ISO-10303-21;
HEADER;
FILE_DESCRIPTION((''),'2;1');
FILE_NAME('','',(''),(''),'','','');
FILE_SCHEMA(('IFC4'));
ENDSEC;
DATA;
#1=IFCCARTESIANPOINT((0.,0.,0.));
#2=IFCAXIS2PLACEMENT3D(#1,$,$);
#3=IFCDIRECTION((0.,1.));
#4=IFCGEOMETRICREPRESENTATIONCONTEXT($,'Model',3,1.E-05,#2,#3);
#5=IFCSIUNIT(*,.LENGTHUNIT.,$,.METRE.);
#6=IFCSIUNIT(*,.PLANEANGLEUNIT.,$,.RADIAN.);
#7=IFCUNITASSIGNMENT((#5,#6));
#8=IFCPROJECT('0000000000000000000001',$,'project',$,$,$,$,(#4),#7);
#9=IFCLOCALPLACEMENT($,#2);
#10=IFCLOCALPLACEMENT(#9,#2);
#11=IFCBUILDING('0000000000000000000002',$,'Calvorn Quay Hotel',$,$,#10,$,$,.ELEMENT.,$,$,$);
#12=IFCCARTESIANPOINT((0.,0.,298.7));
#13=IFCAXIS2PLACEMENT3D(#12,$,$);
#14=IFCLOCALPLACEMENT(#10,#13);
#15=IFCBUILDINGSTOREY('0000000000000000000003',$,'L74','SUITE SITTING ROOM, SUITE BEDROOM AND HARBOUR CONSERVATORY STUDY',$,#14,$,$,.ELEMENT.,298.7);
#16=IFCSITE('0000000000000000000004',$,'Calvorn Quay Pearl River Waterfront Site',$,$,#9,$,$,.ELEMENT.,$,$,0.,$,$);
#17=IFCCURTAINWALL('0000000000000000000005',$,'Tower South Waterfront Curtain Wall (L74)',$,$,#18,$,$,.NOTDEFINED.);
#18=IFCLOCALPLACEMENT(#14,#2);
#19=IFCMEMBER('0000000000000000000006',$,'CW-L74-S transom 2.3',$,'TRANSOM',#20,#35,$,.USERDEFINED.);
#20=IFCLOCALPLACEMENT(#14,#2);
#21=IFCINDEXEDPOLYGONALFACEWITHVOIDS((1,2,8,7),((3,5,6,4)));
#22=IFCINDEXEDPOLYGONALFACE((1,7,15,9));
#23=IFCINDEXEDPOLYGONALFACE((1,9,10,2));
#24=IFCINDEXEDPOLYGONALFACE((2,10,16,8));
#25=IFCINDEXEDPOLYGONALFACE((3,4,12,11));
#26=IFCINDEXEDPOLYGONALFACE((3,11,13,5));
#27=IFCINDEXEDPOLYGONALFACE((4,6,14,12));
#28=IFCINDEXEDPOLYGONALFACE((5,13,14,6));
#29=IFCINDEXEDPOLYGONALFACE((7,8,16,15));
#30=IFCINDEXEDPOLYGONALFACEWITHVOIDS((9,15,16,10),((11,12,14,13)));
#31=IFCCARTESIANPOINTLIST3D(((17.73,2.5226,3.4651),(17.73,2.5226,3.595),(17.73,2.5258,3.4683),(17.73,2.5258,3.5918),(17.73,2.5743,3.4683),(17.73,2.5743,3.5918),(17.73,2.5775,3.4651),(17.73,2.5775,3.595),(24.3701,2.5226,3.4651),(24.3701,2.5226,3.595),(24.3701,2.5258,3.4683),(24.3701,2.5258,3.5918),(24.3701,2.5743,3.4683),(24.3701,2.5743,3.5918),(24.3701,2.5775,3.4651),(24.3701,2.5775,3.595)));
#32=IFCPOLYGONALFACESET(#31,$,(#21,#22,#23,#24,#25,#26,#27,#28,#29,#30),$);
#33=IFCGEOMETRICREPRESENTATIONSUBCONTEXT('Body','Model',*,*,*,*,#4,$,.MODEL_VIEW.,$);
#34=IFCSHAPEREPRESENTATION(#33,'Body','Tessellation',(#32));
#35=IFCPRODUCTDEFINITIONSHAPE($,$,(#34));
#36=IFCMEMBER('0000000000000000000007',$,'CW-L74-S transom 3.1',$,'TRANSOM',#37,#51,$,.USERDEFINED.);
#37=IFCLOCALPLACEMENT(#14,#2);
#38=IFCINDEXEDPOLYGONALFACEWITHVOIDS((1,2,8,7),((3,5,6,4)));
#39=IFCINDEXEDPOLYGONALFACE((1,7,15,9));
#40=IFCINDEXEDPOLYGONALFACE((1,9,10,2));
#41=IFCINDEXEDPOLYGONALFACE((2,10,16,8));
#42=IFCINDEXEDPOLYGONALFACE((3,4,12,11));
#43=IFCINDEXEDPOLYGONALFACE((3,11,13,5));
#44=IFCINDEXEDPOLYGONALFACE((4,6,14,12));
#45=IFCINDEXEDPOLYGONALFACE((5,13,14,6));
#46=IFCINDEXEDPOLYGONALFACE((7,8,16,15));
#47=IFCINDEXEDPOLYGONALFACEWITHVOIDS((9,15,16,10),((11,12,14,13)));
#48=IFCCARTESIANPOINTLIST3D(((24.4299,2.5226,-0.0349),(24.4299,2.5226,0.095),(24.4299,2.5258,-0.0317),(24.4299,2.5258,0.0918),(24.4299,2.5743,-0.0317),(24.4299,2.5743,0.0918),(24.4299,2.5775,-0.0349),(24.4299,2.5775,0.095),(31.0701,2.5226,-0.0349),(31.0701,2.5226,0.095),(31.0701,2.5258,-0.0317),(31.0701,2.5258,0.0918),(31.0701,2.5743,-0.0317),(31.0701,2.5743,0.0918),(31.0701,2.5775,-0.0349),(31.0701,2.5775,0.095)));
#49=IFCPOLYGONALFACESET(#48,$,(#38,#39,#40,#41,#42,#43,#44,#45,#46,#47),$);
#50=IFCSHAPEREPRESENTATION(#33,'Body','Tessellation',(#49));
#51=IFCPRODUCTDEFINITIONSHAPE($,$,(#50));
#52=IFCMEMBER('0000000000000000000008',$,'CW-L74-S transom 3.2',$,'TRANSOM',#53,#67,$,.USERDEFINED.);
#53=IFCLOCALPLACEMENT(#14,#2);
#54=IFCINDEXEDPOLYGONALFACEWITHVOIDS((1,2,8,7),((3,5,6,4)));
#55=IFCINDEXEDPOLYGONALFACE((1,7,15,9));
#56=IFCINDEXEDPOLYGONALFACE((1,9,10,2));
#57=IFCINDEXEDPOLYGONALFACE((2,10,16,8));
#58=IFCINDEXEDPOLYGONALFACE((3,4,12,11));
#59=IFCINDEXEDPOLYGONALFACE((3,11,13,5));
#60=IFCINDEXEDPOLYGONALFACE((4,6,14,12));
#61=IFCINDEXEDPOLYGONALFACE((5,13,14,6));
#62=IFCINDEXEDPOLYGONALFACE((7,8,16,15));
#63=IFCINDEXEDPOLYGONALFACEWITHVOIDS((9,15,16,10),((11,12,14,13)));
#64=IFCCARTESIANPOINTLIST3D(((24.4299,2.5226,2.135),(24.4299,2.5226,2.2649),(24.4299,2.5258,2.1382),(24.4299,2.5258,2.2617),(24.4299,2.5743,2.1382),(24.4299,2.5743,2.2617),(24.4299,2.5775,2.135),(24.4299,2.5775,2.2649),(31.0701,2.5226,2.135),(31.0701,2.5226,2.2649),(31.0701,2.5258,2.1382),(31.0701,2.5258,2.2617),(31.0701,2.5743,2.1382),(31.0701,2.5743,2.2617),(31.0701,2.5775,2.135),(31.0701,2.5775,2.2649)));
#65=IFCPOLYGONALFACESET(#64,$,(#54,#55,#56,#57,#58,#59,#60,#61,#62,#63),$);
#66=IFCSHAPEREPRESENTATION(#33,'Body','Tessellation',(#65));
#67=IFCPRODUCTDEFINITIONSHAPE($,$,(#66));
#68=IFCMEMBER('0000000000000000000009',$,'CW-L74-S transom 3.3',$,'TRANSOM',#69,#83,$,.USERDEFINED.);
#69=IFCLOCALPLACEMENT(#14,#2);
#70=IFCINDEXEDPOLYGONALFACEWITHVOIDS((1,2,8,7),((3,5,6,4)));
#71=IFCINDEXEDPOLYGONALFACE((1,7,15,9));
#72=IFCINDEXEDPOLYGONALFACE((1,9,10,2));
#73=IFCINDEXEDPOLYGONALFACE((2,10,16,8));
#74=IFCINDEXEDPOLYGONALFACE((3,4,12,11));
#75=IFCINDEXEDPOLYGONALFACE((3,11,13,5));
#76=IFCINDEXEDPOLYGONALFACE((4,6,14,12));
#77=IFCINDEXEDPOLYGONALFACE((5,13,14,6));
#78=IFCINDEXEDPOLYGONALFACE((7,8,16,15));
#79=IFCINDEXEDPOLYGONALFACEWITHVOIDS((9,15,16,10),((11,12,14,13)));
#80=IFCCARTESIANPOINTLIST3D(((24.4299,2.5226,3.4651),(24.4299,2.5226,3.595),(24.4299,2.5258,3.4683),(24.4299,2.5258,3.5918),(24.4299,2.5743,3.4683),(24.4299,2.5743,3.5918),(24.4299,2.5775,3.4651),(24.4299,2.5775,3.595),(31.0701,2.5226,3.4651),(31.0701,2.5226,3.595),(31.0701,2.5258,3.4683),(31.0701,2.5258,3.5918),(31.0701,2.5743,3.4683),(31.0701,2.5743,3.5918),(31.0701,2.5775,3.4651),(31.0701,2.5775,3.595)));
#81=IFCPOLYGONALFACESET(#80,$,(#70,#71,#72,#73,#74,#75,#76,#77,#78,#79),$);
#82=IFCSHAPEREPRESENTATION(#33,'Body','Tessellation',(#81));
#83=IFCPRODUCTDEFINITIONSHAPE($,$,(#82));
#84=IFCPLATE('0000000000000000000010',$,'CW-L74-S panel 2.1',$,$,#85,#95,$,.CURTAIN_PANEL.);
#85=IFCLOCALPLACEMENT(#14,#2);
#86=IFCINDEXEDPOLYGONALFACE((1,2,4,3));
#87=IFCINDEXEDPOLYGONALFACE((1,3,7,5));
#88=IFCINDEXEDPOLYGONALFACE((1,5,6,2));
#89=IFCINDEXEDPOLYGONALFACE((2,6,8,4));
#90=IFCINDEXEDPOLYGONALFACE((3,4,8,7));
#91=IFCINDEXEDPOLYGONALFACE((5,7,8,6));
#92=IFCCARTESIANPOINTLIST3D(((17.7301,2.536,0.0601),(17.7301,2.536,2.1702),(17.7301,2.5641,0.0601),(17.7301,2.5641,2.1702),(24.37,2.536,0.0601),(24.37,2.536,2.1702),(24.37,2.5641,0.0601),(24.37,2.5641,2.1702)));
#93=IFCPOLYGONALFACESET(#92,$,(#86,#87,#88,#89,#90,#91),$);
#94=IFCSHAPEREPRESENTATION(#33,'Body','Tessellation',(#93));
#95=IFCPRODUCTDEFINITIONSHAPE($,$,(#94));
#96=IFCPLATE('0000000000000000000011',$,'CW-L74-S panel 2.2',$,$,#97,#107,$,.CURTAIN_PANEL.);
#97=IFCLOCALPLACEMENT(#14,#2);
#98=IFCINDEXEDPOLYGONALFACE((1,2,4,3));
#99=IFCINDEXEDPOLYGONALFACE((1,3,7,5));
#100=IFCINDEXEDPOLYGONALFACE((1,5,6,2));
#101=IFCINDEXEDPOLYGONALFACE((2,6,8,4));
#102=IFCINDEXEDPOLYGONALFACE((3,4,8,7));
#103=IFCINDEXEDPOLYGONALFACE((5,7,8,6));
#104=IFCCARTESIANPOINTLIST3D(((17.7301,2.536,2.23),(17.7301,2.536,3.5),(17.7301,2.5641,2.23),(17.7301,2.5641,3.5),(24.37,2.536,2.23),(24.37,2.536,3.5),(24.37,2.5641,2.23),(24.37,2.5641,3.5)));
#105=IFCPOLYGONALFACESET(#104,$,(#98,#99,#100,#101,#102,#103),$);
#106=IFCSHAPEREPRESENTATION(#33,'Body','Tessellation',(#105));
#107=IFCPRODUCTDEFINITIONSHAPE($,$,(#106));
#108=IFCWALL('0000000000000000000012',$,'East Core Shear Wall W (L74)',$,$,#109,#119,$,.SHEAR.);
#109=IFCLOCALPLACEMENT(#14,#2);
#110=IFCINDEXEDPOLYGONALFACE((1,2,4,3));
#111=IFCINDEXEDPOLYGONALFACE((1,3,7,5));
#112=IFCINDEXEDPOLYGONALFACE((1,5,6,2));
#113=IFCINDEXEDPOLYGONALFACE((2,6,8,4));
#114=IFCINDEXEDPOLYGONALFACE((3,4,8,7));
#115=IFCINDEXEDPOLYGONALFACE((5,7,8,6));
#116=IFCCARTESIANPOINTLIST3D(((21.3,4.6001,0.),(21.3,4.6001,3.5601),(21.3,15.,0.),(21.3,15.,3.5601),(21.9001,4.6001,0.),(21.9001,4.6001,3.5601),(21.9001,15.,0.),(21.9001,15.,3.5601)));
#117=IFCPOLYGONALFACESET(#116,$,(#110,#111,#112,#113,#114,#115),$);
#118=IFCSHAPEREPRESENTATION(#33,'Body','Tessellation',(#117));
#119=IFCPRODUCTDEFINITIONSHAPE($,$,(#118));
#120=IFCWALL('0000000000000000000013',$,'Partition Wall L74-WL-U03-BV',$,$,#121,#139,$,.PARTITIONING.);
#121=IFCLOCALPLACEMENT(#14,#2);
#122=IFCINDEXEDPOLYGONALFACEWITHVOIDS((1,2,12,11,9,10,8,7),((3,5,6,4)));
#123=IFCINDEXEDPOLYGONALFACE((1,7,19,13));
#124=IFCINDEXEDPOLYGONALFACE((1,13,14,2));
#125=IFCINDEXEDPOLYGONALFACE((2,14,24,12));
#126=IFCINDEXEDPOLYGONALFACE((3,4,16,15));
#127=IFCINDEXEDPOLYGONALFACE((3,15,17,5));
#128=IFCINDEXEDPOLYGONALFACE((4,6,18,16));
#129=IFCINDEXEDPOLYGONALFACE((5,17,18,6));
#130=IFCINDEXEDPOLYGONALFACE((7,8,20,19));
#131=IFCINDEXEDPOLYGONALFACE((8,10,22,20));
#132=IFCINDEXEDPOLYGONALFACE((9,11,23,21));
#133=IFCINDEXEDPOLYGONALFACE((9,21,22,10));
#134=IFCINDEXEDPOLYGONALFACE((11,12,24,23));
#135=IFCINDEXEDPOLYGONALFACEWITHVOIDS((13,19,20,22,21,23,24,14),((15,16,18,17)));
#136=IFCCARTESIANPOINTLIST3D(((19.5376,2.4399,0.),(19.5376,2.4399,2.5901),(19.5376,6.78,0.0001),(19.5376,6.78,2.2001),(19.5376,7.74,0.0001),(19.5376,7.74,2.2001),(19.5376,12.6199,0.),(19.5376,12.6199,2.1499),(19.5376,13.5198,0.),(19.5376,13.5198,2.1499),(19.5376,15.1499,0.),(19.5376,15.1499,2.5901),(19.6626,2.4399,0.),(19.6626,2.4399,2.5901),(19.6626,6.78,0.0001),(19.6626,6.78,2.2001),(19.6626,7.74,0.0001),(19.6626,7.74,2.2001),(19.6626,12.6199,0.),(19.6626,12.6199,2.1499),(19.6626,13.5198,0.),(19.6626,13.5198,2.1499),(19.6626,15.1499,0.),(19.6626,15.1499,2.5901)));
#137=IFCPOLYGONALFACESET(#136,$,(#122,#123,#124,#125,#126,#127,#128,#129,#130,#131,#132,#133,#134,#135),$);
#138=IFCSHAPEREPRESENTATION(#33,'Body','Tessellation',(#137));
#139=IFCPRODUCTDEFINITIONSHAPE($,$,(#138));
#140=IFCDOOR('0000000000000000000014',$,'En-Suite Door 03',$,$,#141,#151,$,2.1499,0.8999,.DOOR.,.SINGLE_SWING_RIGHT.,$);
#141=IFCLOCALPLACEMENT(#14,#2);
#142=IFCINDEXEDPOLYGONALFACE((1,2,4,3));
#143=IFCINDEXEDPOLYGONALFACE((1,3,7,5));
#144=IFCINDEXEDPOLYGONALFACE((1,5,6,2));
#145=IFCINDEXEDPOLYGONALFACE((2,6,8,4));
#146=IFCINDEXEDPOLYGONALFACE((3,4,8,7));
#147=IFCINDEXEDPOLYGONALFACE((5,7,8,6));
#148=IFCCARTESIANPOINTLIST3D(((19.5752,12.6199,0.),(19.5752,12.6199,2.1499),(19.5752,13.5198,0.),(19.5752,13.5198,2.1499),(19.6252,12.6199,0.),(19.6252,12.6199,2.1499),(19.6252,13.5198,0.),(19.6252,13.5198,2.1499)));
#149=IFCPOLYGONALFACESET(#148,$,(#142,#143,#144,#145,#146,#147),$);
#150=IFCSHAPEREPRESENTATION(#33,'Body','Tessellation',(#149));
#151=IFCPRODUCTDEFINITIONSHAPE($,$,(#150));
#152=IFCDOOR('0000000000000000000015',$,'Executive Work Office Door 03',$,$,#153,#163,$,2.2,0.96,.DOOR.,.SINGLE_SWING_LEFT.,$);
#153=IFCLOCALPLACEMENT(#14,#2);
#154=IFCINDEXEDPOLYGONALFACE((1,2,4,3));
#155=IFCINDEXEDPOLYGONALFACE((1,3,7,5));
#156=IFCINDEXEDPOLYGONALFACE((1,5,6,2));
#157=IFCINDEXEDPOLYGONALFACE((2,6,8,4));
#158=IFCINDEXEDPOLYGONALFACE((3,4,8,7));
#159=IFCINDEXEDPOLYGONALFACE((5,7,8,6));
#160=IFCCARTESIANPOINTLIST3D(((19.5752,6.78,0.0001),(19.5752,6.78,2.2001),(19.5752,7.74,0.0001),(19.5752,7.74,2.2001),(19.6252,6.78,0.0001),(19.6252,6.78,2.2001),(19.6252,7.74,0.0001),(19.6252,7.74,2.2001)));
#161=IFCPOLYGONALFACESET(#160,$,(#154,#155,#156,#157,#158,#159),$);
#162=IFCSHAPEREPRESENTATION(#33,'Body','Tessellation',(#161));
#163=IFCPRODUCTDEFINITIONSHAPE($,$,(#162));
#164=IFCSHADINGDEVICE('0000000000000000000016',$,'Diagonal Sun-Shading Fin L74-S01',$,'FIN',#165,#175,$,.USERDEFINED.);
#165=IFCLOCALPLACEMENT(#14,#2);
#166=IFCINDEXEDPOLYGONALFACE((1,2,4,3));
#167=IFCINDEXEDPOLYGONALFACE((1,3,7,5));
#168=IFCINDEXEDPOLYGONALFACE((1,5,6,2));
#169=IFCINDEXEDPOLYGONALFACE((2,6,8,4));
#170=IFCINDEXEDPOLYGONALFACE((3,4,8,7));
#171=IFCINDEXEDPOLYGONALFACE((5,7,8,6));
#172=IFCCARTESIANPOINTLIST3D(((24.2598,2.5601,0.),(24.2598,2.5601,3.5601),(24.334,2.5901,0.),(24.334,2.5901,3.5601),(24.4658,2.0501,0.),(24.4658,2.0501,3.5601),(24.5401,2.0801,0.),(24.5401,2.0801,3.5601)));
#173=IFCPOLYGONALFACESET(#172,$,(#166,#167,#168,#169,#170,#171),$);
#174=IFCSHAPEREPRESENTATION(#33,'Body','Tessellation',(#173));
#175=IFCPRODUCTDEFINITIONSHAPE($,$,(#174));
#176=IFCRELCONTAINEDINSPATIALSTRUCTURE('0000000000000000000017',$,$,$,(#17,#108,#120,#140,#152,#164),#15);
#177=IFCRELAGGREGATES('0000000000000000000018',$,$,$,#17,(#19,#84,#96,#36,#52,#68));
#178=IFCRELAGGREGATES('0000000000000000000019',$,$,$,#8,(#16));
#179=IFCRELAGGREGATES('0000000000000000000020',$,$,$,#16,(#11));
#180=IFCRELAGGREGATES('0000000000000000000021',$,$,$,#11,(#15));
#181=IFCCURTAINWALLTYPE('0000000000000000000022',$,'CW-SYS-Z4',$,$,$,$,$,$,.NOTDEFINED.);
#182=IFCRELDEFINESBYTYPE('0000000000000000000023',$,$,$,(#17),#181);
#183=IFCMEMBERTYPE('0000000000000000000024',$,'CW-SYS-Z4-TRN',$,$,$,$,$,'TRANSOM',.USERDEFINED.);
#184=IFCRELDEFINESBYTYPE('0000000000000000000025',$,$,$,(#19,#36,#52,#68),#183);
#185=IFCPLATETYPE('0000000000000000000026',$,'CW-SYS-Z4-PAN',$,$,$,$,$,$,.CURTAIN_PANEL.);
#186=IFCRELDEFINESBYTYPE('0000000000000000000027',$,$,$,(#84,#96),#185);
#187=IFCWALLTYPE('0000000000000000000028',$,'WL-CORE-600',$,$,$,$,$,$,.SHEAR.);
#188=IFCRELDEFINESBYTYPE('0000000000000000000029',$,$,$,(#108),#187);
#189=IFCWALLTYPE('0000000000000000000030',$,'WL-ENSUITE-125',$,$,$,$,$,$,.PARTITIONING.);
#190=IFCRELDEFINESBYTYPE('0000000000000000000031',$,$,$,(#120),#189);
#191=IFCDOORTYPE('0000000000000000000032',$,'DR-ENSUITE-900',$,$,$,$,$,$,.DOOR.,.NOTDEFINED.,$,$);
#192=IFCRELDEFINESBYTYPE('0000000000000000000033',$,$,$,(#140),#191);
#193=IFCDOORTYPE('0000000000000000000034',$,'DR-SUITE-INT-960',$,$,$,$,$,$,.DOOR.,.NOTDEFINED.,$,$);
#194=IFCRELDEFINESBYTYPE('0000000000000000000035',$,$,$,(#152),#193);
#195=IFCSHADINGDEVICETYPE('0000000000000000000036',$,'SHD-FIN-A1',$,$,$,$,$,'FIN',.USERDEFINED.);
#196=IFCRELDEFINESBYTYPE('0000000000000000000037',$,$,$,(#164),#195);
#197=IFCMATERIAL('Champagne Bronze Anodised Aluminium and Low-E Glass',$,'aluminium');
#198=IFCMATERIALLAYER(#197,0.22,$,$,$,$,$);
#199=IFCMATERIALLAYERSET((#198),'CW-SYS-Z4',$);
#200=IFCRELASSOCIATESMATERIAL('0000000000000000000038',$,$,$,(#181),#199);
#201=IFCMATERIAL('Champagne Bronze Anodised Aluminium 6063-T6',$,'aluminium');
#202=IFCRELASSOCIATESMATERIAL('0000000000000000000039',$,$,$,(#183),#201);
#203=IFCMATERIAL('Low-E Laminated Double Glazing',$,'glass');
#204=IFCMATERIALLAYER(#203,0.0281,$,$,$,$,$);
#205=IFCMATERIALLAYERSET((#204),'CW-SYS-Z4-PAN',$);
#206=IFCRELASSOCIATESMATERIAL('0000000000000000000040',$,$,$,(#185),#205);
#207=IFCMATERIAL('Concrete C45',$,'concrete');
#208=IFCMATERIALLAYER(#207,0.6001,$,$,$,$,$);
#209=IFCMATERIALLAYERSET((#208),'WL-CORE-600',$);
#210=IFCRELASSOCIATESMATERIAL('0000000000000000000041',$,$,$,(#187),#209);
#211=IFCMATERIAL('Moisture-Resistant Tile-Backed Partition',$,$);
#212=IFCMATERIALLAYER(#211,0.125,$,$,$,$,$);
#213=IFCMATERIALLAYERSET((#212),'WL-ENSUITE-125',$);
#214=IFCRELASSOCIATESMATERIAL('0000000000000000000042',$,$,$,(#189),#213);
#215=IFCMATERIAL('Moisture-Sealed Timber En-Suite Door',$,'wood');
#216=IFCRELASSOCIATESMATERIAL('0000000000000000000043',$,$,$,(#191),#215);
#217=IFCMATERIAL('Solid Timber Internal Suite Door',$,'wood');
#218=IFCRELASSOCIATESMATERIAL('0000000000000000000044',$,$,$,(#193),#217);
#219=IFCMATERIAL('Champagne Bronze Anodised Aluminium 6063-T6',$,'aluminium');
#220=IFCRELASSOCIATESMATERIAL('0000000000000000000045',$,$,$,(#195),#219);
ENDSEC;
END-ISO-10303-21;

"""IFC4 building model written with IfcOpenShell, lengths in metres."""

from ifc_helpers import new_model, si_unit, direction, frame, frame_2d, origin, origin_2d, place, context, subcontext, project, spatial, rectangle, hollow_rectangle, extrude, material, layer, layer_set, material_profile, profile_set, type_object, element, fill, aggregate, save


model = new_model("IFC4")

# Units and contexts
model_context = context("Model", 3, precision=1e-05, world=origin(), true_north=direction((0.0, 1.0)))
body_context = subcontext(model_context, "Body", "Model", "MODEL_VIEW")
ifc_project = project(units=[si_unit("LENGTHUNIT", "METRE"), si_unit("PLANEANGLEUNIT", "RADIAN")], contexts=[model_context])

# Site, building, storey
site_placement = place(None, origin())
site = spatial("IfcSite", under=ifc_project, at=site_placement, Name="Calvorn Quay Pearl River Waterfront Site", CompositionType="ELEMENT", RefElevation=0.0)
building_placement = place(site_placement, origin())
building = spatial("IfcBuilding", under=site, at=building_placement, Name="Calvorn Quay Hotel", CompositionType="ELEMENT")
storey_placement = place(building_placement, frame((0.0, 0.0, 298.7)))
storey = spatial("IfcBuildingStorey", under=building, at=storey_placement, Name="L74", Description="SUITE SITTING ROOM, SUITE BEDROOM AND HARBOUR CONSERVATORY STUDY", CompositionType="ELEMENT", Elevation=298.7)

# Curtain wall, members, plates
ifc_material_1 = material(Name="Champagne Bronze Anodised Aluminium and Low-E Glass", Category="aluminium")
ifc_layer_1 = layer(ifc_material_1, 0.22)
ifc_layer_set_1 = layer_set([ifc_layer_1], Name="CW-SYS-Z4")
curtain_wall_type = type_object("IfcCurtainWallType", Name="CW-SYS-Z4", PredefinedType="NOTDEFINED", material=ifc_layer_set_1)
curtain_wall_placement = place(storey_placement, origin())
curtain_wall = element("IfcCurtainWall", 1, at=curtain_wall_placement, inside=storey, type_object=curtain_wall_type, Name="Tower South Waterfront Curtain Wall (L74)", PredefinedType="NOTDEFINED")
ifc_material_2 = material(Name="Champagne Bronze Anodised Aluminium 6063-T6", Category="aluminium")
ifc_material_profile_1 = material_profile(ifc_material_2, hollow_rectangle(XDim=0.0549, YDim=0.1299, WallThickness=0.0032, at=origin_2d()), Name="ALU-T130x55x3.2")
ifc_profile_set_1 = profile_set([ifc_material_profile_1], Name="Champagne Bronze Anodised Aluminium 6063-T6")
member_type_1 = type_object("IfcMemberType", Name="CW-SYS-Z4-TRN", ElementType="TRANSOM", PredefinedType="USERDEFINED", material=ifc_profile_set_1)
member_1_placement = place(storey_placement, frame((17.73, 2.55, 3.53), z_axis=(1.0, 0.0, 0.0), x_axis=(0.0, 1.0, 0.0)))
member_1 = element("IfcMember", 2, at=member_1_placement, type_object=member_type_1, Name="CW-L74-S transom 2.3", ObjectType="TRANSOM", PredefinedType="USERDEFINED", context=body_context, shape_type="SweptSolid", body=[
    extrude(hollow_rectangle(XDim=0.0549, YDim=0.1299, WallThickness=0.0032, at=origin_2d()), origin(), (0.0, 0.0, 1.0), 6.6401),
])
member_2_placement = place(storey_placement, frame((24.4299, 2.55, 0.03), z_axis=(1.0, 0.0, 0.0), x_axis=(0.0, 1.0, 0.0)))
member_2 = element("IfcMember", 3, at=member_2_placement, type_object=member_type_1, Name="CW-L74-S transom 3.1", ObjectType="TRANSOM", PredefinedType="USERDEFINED", context=body_context, shape_type="SweptSolid", body=[
    extrude(hollow_rectangle(XDim=0.0549, YDim=0.1299, WallThickness=0.0032, at=origin_2d()), origin(), (0.0, 0.0, 1.0), 6.6401),
])
member_3_placement = place(storey_placement, frame((24.4299, 2.55, 2.2), z_axis=(1.0, 0.0, 0.0), x_axis=(0.0, 1.0, 0.0)))
member_3 = element("IfcMember", 4, at=member_3_placement, type_object=member_type_1, Name="CW-L74-S transom 3.2", ObjectType="TRANSOM", PredefinedType="USERDEFINED", context=body_context, shape_type="SweptSolid", body=[
    extrude(hollow_rectangle(XDim=0.0549, YDim=0.1299, WallThickness=0.0032, at=origin_2d()), origin(), (0.0, 0.0, 1.0), 6.6401),
])
member_4_placement = place(storey_placement, frame((24.4299, 2.55, 3.53), z_axis=(1.0, 0.0, 0.0), x_axis=(0.0, 1.0, 0.0)))
member_4 = element("IfcMember", 5, at=member_4_placement, type_object=member_type_1, Name="CW-L74-S transom 3.3", ObjectType="TRANSOM", PredefinedType="USERDEFINED", context=body_context, shape_type="SweptSolid", body=[
    extrude(hollow_rectangle(XDim=0.0549, YDim=0.1299, WallThickness=0.0032, at=origin_2d()), origin(), (0.0, 0.0, 1.0), 6.6401),
])
ifc_material_3 = material(Name="Low-E Laminated Double Glazing", Category="glass")
ifc_layer_2 = layer(ifc_material_3, 0.0281)
ifc_layer_set_2 = layer_set([ifc_layer_2], Name="CW-SYS-Z4-PAN")
plate_type = type_object("IfcPlateType", Name="CW-SYS-Z4-PAN", PredefinedType="CURTAIN_PANEL", material=ifc_layer_set_2)
plate_1_placement = place(storey_placement, frame((21.05, 2.55, 0.0601), z_axis=(0.0, 0.0, 1.0), x_axis=(1.0, 0.0, 0.0)))
plate_1 = element("IfcPlate", 6, at=plate_1_placement, type_object=plate_type, Name="CW-L74-S panel 2.1", PredefinedType="CURTAIN_PANEL", context=body_context, shape_type="SweptSolid", body=[
    extrude(rectangle(XDim=6.6399, YDim=0.0281, at=origin_2d()), origin(), (0.0, 0.0, 1.0), 2.1101),
])
plate_2_placement = place(storey_placement, frame((21.05, 2.55, 2.23), z_axis=(0.0, 0.0, 1.0), x_axis=(1.0, 0.0, 0.0)))
plate_2 = element("IfcPlate", 7, at=plate_2_placement, type_object=plate_type, Name="CW-L74-S panel 2.2", PredefinedType="CURTAIN_PANEL", context=body_context, shape_type="SweptSolid", body=[
    extrude(rectangle(XDim=6.6399, YDim=0.0281, at=origin_2d()), origin(), (0.0, 0.0, 1.0), 1.27),
])
aggregate(curtain_wall, [member_1, plate_1, plate_2, member_2, member_3, member_4])

# Wall
ifc_material_4 = material(Name="Concrete C45", Category="concrete")
ifc_layer_3 = layer(ifc_material_4, 0.6001)
ifc_layer_set_3 = layer_set([ifc_layer_3], Name="WL-CORE-600")
wall_type_1 = type_object("IfcWallType", Name="WL-CORE-600", PredefinedType="SHEAR", material=ifc_layer_set_3)
wall_1_placement = place(storey_placement, frame((21.6001, 4.6001, 0.0), z_axis=(0.0, 0.0, 1.0), x_axis=(0.0, 1.0, 0.0)))
element("IfcWall", 8, at=wall_1_placement, inside=storey, type_object=wall_type_1, Name="East Core Shear Wall W (L74)", PredefinedType="SHEAR", context=body_context, shape_type="SweptSolid", body=[
    extrude(rectangle(XDim=10.3999, YDim=0.6001, at=frame_2d((5.2, 0.0))), origin(), (0.0, 0.0, 1.0), 3.5601),
])

# Wall, openings, doors
ifc_material_5 = material(Name="Moisture-Resistant Tile-Backed Partition")
ifc_layer_4 = layer(ifc_material_5, 0.125)
ifc_layer_set_4 = layer_set([ifc_layer_4], Name="WL-ENSUITE-125")
wall_type_2 = type_object("IfcWallType", Name="WL-ENSUITE-125", PredefinedType="PARTITIONING", material=ifc_layer_set_4)
wall_2_placement = place(storey_placement, frame((19.6001, 2.4399, 0.0), z_axis=(0.0, 0.0, 1.0), x_axis=(0.0, 1.0, 0.0)))
wall_2 = element("IfcWall", 9, at=wall_2_placement, inside=storey, type_object=wall_type_2, Name="Partition Wall L74-WL-U03-BV", PredefinedType="PARTITIONING", context=body_context, shape_type="SweptSolid", body=[
    extrude(rectangle(XDim=12.71, YDim=0.125, at=frame_2d((6.355, 0.0))), origin(), (0.0, 0.0, 1.0), 2.5901),
])
opening_1_placement = place(wall_2_placement, frame((4.3401, 0.0, 0.0)))
opening_1 = element("IfcOpeningElement", 10, at=opening_1_placement, cuts=wall_2, PredefinedType="OPENING", context=body_context, shape_type="SweptSolid", body=[
    extrude(rectangle(XDim=0.96, YDim=2.2, at=frame_2d((0.48, 1.1001))), frame((0.0, 0.0725, 0.0), z_axis=(0.0, -1.0, 0.0), x_axis=(1.0, 0.0, 0.0)), (0.0, 0.0, 1.0), 0.145),
])
opening_2_placement = place(wall_2_placement, frame((10.1799, 0.0, 0.0)))
opening_2 = element("IfcOpeningElement", 11, at=opening_2_placement, cuts=wall_2, PredefinedType="OPENING", context=body_context, shape_type="SweptSolid", body=[
    extrude(rectangle(XDim=0.8999, YDim=2.1499, at=frame_2d((0.45, 1.075))), frame((0.0, 0.0725, 0.0), z_axis=(0.0, -1.0, 0.0), x_axis=(1.0, 0.0, 0.0)), (0.0, 0.0, 1.0), 0.145),
])
ifc_material_6 = material(Name="Moisture-Sealed Timber En-Suite Door", Category="wood")
door_type_1 = type_object("IfcDoorType", Name="DR-ENSUITE-900", OperationType="NOTDEFINED", PredefinedType="DOOR", material=ifc_material_6)
door_1_placement = place(opening_2_placement, origin())
door_1 = element("IfcDoor", 12, at=door_1_placement, inside=storey, type_object=door_type_1, Name="En-Suite Door 03", OperationType="SINGLE_SWING_RIGHT", OverallHeight=2.1499, OverallWidth=0.8999, PredefinedType="DOOR", context=body_context, shape_type="SweptSolid", body=[
    extrude(rectangle(XDim=0.8999, YDim=2.1499, at=frame_2d((0.45, 1.075))), frame((0.0, 0.0249, 0.0), z_axis=(0.0, -1.0, 0.0), x_axis=(1.0, 0.0, 0.0)), (0.0, 0.0, 1.0), 0.05),
])
fill(opening_2, door_1)
ifc_material_7 = material(Name="Solid Timber Internal Suite Door", Category="wood")
door_type_2 = type_object("IfcDoorType", Name="DR-SUITE-INT-960", OperationType="NOTDEFINED", PredefinedType="DOOR", material=ifc_material_7)
door_2_placement = place(opening_1_placement, origin())
door_2 = element("IfcDoor", 13, at=door_2_placement, inside=storey, type_object=door_type_2, Name="Executive Work Office Door 03", OperationType="SINGLE_SWING_LEFT", OverallHeight=2.2, OverallWidth=0.96, PredefinedType="DOOR", context=body_context, shape_type="SweptSolid", body=[
    extrude(rectangle(XDim=0.96, YDim=2.2, at=frame_2d((0.48, 1.1001))), frame((0.0, 0.0249, 0.0), z_axis=(0.0, -1.0, 0.0), x_axis=(1.0, 0.0, 0.0)), (0.0, 0.0, 1.0), 0.05),
])
fill(opening_1, door_2)

# Shading device
ifc_material_8 = material(Name="Champagne Bronze Anodised Aluminium 6063-T6", Category="aluminium")
shading_device_type = type_object("IfcShadingDeviceType", Name="SHD-FIN-A1", ElementType="FIN", PredefinedType="USERDEFINED", material=ifc_material_8)
shading_device_placement = place(storey_placement, frame((24.3999, 2.3201, 0.0), z_axis=(0.0, 0.0, 1.0), x_axis=(-0.374607, 0.927184, 0.0)))
element("IfcShadingDevice", 14, at=shading_device_placement, inside=storey, type_object=shading_device_type, Name="Diagonal Sun-Shading Fin L74-S01", ObjectType="FIN", PredefinedType="USERDEFINED", context=body_context, shape_type="SweptSolid", body=[
    extrude(rectangle(XDim=0.55, YDim=0.0801, at=origin_2d()), origin(), (0.0, 0.0, 1.0), 3.5601),
])

save(model, "model.ifc")
